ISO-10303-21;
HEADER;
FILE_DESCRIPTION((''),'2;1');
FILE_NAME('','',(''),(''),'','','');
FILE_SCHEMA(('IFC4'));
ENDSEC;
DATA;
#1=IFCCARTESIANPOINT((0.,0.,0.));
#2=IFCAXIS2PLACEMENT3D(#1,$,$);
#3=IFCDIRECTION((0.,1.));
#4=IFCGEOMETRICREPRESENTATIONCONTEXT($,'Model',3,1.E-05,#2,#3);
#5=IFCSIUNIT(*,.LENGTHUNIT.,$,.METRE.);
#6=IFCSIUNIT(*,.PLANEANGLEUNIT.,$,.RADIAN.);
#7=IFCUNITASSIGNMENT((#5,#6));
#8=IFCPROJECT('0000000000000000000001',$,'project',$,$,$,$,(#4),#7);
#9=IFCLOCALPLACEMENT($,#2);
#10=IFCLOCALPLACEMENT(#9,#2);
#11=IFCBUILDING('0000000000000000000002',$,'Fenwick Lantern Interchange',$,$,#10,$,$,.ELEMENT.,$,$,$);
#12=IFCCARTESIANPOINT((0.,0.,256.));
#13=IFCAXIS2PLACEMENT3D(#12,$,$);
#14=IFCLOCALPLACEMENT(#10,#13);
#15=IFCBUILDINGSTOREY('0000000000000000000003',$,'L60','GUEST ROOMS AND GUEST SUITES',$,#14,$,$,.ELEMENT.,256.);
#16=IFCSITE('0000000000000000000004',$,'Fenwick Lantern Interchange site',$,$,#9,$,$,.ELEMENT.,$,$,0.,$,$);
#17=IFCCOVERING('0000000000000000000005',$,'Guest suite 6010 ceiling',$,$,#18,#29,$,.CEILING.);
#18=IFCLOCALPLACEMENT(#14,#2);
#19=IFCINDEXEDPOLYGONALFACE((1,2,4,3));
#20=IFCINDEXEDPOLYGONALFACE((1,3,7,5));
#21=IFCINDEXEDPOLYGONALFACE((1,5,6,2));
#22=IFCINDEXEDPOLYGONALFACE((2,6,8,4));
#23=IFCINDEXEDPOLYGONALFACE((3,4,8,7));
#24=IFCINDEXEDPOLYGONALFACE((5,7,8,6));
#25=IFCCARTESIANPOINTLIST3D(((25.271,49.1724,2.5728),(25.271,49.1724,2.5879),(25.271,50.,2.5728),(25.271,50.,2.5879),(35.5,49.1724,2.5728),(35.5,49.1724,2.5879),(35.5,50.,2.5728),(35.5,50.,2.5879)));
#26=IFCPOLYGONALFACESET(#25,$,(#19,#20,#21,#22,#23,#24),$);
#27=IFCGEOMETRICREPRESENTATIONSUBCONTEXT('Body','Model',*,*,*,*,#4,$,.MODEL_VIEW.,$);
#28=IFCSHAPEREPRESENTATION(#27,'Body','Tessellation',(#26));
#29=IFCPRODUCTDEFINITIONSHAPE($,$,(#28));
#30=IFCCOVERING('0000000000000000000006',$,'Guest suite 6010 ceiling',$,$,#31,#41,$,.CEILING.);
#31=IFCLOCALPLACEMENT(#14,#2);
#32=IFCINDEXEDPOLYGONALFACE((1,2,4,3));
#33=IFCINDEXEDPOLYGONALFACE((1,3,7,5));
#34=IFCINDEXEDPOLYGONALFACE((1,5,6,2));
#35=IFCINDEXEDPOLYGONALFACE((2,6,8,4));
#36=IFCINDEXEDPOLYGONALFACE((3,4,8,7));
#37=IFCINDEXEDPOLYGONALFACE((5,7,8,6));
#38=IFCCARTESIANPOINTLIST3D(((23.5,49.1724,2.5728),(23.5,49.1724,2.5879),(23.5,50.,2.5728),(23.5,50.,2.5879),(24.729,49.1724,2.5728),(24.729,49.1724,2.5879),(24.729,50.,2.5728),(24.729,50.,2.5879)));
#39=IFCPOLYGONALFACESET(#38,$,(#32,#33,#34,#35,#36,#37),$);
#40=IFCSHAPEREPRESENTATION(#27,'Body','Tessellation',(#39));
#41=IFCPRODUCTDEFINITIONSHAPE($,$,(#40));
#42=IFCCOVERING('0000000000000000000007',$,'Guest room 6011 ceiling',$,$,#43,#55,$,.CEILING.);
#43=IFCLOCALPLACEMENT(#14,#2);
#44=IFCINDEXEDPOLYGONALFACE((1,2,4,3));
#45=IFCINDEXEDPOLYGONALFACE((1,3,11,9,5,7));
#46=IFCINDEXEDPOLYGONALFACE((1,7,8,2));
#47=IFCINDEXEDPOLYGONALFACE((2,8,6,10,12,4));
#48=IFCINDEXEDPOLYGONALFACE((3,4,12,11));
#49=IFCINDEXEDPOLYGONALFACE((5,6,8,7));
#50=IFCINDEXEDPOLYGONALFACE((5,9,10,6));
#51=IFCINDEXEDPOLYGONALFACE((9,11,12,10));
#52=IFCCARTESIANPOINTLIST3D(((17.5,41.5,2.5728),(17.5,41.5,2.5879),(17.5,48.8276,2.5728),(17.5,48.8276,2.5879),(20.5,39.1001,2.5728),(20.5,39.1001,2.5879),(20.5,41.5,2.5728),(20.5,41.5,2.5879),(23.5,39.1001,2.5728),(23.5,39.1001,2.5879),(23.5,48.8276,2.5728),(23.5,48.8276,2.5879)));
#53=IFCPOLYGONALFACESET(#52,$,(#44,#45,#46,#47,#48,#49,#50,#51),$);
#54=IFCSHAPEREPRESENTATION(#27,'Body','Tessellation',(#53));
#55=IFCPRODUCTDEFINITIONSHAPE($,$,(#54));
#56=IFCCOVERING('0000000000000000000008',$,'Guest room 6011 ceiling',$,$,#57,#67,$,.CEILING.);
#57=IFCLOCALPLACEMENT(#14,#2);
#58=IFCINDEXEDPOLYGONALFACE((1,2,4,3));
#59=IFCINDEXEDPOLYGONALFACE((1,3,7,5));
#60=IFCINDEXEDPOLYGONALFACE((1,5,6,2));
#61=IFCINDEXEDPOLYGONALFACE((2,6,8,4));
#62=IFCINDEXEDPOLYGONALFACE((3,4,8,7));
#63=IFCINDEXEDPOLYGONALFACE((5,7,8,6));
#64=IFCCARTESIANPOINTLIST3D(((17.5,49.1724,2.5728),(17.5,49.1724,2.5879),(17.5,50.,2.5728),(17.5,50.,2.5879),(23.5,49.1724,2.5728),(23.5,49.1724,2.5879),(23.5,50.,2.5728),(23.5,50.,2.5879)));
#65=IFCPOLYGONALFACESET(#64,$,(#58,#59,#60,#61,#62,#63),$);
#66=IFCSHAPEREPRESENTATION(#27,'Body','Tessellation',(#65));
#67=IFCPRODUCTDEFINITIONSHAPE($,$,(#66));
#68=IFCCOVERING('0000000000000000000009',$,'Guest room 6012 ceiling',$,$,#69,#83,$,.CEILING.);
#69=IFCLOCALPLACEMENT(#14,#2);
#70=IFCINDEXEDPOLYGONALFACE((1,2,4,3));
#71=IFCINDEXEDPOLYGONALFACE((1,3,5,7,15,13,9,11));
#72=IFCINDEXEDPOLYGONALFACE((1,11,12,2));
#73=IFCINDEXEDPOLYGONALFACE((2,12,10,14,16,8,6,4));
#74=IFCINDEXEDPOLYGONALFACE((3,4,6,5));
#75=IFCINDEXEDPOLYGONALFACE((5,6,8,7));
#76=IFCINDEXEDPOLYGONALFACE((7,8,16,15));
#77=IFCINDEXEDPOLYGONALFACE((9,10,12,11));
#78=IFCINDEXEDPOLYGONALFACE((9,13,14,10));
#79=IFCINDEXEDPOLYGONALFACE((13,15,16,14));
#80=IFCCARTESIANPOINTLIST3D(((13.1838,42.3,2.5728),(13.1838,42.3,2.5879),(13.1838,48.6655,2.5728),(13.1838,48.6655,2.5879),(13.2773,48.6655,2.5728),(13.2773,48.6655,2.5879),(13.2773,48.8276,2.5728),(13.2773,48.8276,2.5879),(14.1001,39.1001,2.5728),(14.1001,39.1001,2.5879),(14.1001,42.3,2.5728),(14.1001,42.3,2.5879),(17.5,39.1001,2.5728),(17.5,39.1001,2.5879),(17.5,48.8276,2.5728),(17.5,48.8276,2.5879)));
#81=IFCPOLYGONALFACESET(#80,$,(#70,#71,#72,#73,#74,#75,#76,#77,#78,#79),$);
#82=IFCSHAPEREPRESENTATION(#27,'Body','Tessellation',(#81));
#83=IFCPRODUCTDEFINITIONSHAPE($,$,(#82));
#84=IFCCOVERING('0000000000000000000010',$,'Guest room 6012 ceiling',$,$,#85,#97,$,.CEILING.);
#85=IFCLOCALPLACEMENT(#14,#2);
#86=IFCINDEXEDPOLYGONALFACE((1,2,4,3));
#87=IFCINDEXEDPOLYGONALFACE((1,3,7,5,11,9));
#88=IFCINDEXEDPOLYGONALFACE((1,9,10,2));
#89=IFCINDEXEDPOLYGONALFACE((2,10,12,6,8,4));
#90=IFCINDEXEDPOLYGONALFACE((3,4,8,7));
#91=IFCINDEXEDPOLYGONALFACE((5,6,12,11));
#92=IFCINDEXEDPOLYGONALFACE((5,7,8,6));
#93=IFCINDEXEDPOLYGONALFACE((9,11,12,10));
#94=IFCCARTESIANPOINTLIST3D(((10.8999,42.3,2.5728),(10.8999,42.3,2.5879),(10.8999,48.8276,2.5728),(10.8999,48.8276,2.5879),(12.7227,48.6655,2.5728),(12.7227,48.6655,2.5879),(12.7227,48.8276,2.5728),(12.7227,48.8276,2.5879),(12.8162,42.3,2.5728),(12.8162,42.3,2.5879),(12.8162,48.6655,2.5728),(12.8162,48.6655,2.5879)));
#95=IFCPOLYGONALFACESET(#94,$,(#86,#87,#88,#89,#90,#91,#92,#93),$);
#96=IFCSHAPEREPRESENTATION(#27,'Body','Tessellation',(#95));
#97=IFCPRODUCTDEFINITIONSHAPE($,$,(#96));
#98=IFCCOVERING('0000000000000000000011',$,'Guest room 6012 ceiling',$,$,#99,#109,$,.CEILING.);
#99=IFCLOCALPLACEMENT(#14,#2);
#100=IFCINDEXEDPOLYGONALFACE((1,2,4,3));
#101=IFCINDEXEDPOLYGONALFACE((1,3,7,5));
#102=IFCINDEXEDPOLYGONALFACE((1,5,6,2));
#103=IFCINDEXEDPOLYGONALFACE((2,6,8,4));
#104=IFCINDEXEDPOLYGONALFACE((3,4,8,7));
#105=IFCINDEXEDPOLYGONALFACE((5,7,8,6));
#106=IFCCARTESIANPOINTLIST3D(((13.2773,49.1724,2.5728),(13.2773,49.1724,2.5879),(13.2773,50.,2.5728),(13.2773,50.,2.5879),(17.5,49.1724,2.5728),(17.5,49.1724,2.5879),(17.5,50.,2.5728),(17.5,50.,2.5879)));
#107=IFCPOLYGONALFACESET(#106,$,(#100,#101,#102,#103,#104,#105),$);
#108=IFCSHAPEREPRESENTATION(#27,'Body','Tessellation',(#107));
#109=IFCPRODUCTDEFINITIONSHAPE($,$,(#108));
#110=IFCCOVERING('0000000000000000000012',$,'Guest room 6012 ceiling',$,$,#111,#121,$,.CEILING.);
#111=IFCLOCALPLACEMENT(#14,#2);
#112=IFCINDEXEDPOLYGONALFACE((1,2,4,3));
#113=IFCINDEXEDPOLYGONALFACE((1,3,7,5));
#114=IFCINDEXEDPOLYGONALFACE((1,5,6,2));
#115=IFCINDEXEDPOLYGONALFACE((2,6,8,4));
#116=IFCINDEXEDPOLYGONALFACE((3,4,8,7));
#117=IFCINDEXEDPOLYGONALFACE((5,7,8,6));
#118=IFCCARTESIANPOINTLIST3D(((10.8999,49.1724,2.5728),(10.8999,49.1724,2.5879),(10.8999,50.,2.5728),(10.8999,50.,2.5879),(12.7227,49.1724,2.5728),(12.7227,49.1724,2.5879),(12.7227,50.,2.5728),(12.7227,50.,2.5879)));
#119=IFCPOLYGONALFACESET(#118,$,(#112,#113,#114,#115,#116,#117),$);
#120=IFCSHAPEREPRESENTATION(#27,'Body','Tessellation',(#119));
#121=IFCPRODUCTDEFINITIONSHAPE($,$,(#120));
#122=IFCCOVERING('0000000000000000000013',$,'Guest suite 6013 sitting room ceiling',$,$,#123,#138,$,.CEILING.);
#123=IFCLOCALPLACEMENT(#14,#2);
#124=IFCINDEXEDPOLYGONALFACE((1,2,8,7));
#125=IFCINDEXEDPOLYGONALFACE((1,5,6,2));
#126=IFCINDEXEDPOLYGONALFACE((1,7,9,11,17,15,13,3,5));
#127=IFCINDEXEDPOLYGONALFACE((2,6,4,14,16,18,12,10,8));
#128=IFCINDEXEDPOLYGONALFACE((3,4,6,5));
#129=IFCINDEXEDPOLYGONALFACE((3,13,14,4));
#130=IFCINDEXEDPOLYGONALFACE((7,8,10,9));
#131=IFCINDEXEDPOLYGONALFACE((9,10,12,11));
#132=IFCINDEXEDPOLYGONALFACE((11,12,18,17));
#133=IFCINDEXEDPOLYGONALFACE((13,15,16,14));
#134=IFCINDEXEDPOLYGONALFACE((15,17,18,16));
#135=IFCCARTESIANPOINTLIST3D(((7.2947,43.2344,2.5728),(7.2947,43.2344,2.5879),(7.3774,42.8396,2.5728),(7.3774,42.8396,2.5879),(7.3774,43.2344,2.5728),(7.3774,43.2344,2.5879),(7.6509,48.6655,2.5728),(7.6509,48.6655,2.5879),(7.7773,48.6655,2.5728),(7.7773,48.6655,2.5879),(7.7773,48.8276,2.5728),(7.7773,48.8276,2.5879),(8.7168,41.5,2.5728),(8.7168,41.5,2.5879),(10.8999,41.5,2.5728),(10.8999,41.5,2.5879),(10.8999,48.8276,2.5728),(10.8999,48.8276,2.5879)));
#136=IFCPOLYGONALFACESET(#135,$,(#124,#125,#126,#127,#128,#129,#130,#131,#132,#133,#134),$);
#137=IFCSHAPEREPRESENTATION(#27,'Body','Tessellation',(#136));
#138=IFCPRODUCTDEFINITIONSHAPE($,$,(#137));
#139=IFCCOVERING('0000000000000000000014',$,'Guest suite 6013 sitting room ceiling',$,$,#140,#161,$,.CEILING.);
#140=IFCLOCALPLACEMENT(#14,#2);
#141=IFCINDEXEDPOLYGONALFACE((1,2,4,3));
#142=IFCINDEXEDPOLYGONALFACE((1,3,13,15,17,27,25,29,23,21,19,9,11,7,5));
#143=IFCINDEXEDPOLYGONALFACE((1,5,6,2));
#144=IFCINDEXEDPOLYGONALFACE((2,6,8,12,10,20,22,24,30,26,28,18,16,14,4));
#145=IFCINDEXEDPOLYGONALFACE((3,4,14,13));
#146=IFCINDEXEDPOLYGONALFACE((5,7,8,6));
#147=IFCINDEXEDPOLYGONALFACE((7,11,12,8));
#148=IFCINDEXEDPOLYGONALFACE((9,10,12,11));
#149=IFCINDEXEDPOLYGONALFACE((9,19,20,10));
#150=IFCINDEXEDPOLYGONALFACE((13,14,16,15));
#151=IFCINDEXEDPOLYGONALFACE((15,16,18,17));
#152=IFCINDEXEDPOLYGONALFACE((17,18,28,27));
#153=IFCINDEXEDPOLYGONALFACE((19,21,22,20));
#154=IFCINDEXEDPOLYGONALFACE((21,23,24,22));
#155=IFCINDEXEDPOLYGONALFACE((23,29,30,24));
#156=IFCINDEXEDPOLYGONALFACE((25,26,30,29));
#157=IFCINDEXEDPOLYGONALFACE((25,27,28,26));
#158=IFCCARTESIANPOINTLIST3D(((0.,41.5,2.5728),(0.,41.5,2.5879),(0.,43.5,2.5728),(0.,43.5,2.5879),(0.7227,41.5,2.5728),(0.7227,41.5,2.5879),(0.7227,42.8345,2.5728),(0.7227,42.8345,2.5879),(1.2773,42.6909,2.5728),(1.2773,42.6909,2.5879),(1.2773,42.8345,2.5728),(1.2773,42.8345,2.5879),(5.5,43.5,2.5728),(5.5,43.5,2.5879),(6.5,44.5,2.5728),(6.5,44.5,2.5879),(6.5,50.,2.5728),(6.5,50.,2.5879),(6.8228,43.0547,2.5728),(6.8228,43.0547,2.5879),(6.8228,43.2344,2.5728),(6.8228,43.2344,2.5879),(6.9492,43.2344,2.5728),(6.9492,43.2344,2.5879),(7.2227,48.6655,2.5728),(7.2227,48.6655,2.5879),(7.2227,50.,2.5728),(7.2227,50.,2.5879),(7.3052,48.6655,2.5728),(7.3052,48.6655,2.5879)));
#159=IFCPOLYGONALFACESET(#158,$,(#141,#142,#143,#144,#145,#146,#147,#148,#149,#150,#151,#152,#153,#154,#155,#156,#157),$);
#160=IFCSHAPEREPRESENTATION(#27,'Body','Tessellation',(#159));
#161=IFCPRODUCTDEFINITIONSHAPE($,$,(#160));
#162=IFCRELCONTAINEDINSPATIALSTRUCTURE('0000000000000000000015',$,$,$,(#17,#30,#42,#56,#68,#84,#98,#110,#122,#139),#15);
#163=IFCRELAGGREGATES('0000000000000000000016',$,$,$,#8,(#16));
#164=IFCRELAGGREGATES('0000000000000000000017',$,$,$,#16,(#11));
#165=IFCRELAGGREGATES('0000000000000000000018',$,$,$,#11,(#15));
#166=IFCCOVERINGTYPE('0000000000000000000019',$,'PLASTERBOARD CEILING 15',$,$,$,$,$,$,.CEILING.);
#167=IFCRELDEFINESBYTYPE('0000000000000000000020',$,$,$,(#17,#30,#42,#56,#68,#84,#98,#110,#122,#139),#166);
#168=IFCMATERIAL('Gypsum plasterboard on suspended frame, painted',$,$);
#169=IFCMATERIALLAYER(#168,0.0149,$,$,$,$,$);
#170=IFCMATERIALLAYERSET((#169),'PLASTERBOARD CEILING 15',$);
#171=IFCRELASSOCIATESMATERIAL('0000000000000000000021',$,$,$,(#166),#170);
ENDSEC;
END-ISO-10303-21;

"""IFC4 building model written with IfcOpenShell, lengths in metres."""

from ifc_helpers import new_model, si_unit, direction, frame, origin, place, context, subcontext, project, spatial, polyline, outline, extrude, material, layer, layer_set, type_object, element, save


model = new_model("IFC4")

# Units and contexts
model_context = context("Model", 3, precision=1e-05, world=origin(), true_north=direction((0.0, 1.0)))
body_context = subcontext(model_context, "Body", "Model", "MODEL_VIEW")
ifc_project = project(units=[si_unit("LENGTHUNIT", "METRE"), si_unit("PLANEANGLEUNIT", "RADIAN")], contexts=[model_context])

# Site, building, storey
site_placement = place(None, origin())
site = spatial("IfcSite", under=ifc_project, at=site_placement, Name="Fenwick Lantern Interchange site", CompositionType="ELEMENT", RefElevation=0.0)
building_placement = place(site_placement, origin())
building = spatial("IfcBuilding", under=site, at=building_placement, Name="Fenwick Lantern Interchange", CompositionType="ELEMENT")
storey_placement = place(building_placement, frame((0.0, 0.0, 256.0)))
storey = spatial("IfcBuildingStorey", under=building, at=storey_placement, Name="L60", Description="GUEST ROOMS AND GUEST SUITES", CompositionType="ELEMENT", Elevation=256.0)

# Coverings
ifc_material_1 = material(Name="Gypsum plasterboard on suspended frame, painted")
ifc_layer_1 = layer(ifc_material_1, 0.0149)
ifc_layer_set_1 = layer_set([ifc_layer_1], Name="PLASTERBOARD CEILING 15")
covering_type_1 = type_object("IfcCoveringType", Name="PLASTERBOARD CEILING 15", PredefinedType="CEILING", material=ifc_layer_set_1)
covering_1_placement = place(storey_placement, frame((0.0, 0.0, 2.5728)))
element("IfcCovering", 1, at=covering_1_placement, inside=storey, type_object=covering_type_1, Name="Guest suite 6010 ceiling", PredefinedType="CEILING", context=body_context, shape_type="SweptSolid", body=[
    extrude(outline(polyline([(25.271, 50.0), (25.271, 49.1724), (35.5, 49.1724), (35.5, 50.0), (25.271, 50.0)])), origin(), (0.0, 0.0, 1.0), 0.0151),
])
covering_2_placement = place(storey_placement, frame((0.0, 0.0, 2.5728)))
element("IfcCovering", 2, at=covering_2_placement, inside=storey, type_object=covering_type_1, Name="Guest suite 6010 ceiling", PredefinedType="CEILING", context=body_context, shape_type="SweptSolid", body=[
    extrude(outline(polyline([(24.729, 49.1724), (24.729, 50.0), (23.5, 50.0), (23.5, 49.1724), (24.729, 49.1724)])), origin(), (0.0, 0.0, 1.0), 0.0151),
])
covering_3_placement = place(storey_placement, frame((0.0, 0.0, 2.5728)))
element("IfcCovering", 3, at=covering_3_placement, inside=storey, type_object=covering_type_1, Name="Guest room 6011 ceiling", PredefinedType="CEILING", context=body_context, shape_type="SweptSolid", body=[
    extrude(outline(polyline([(23.5, 39.1001), (23.5, 48.8276), (17.5, 48.8276), (17.5, 41.5), (20.5, 41.5), (20.5, 39.1001), (23.5, 39.1001)])), origin(), (0.0, 0.0, 1.0), 0.0151),
])
covering_4_placement = place(storey_placement, frame((0.0, 0.0, 2.5728)))
element("IfcCovering", 4, at=covering_4_placement, inside=storey, type_object=covering_type_1, Name="Guest room 6011 ceiling", PredefinedType="CEILING", context=body_context, shape_type="SweptSolid", body=[
    extrude(outline(polyline([(23.5, 50.0), (17.5, 50.0), (17.5, 49.1724), (23.5, 49.1724), (23.5, 50.0)])), origin(), (0.0, 0.0, 1.0), 0.0151),
])
covering_5_placement = place(storey_placement, frame((0.0, 0.0, 2.5728)))
element("IfcCovering", 5, at=covering_5_placement, inside=storey, type_object=covering_type_1, Name="Guest room 6012 ceiling", PredefinedType="CEILING", context=body_context, shape_type="SweptSolid", body=[
    extrude(outline(polyline([(13.2773, 48.6655), (13.1838, 48.6655), (13.1838, 42.3), (14.1001, 42.3), (14.1001, 39.1001), (17.5, 39.1001), (17.5, 48.8276), (13.2773, 48.8276), (13.2773, 48.6655)])), origin(), (0.0, 0.0, 1.0), 0.0151),
])
covering_6_placement = place(storey_placement, frame((0.0, 0.0, 2.5728)))
element("IfcCovering", 6, at=covering_6_placement, inside=storey, type_object=covering_type_1, Name="Guest room 6012 ceiling", PredefinedType="CEILING", context=body_context, shape_type="SweptSolid", body=[
    extrude(outline(polyline([(12.7227, 48.6655), (12.7227, 48.8276), (10.8999, 48.8276), (10.8999, 42.3), (12.8162, 42.3), (12.8162, 48.6655), (12.7227, 48.6655)])), origin(), (0.0, 0.0, 1.0), 0.0151),
])
covering_7_placement = place(storey_placement, frame((0.0, 0.0, 2.5728)))
element("IfcCovering", 7, at=covering_7_placement, inside=storey, type_object=covering_type_1, Name="Guest room 6012 ceiling", PredefinedType="CEILING", context=body_context, shape_type="SweptSolid", body=[
    extrude(outline(polyline([(13.2773, 50.0), (13.2773, 49.1724), (17.5, 49.1724), (17.5, 50.0), (13.2773, 50.0)])), origin(), (0.0, 0.0, 1.0), 0.0151),
])
covering_8_placement = place(storey_placement, frame((0.0, 0.0, 2.5728)))
element("IfcCovering", 8, at=covering_8_placement, inside=storey, type_object=covering_type_1, Name="Guest room 6012 ceiling", PredefinedType="CEILING", context=body_context, shape_type="SweptSolid", body=[
    extrude(outline(polyline([(12.7227, 49.1724), (12.7227, 50.0), (10.8999, 50.0), (10.8999, 49.1724), (12.7227, 49.1724)])), origin(), (0.0, 0.0, 1.0), 0.0151),
])
covering_9_placement = place(storey_placement, frame((0.0, 0.0, 2.5728)))
element("IfcCovering", 9, at=covering_9_placement, inside=storey, type_object=covering_type_1, Name="Guest suite 6013 sitting room ceiling", PredefinedType="CEILING", context=body_context, shape_type="SweptSolid", body=[
    extrude(outline(polyline([(7.7773, 48.6655), (7.6509, 48.6655), (7.2947, 43.2344), (7.3774, 43.2344), (7.3774, 42.8396), (8.7168, 41.5), (10.8999, 41.5), (10.8999, 48.8276), (7.7773, 48.8276), (7.7773, 48.6655)])), origin(), (0.0, 0.0, 1.0), 0.0151),
])
covering_10_placement = place(storey_placement, frame((0.0, 0.0, 2.5728)))
element("IfcCovering", 10, at=covering_10_placement, inside=storey, type_object=covering_type_1, Name="Guest suite 6013 sitting room ceiling", PredefinedType="CEILING", context=body_context, shape_type="SweptSolid", body=[
    extrude(outline(polyline([(7.2227, 48.6655), (7.2227, 50.0), (6.5, 50.0), (6.5, 44.5), (5.5, 43.5), (0.0, 43.5), (0.0, 41.5), (0.7227, 41.5), (0.7227, 42.8345), (1.2773, 42.8345), (1.2773, 42.6909), (6.8228, 43.0547), (6.8228, 43.2344), (6.9492, 43.2344), (7.3052, 48.6655), (7.2227, 48.6655)])), origin(), (0.0, 0.0, 1.0), 0.0151),
])

save(model, "model.ifc")
